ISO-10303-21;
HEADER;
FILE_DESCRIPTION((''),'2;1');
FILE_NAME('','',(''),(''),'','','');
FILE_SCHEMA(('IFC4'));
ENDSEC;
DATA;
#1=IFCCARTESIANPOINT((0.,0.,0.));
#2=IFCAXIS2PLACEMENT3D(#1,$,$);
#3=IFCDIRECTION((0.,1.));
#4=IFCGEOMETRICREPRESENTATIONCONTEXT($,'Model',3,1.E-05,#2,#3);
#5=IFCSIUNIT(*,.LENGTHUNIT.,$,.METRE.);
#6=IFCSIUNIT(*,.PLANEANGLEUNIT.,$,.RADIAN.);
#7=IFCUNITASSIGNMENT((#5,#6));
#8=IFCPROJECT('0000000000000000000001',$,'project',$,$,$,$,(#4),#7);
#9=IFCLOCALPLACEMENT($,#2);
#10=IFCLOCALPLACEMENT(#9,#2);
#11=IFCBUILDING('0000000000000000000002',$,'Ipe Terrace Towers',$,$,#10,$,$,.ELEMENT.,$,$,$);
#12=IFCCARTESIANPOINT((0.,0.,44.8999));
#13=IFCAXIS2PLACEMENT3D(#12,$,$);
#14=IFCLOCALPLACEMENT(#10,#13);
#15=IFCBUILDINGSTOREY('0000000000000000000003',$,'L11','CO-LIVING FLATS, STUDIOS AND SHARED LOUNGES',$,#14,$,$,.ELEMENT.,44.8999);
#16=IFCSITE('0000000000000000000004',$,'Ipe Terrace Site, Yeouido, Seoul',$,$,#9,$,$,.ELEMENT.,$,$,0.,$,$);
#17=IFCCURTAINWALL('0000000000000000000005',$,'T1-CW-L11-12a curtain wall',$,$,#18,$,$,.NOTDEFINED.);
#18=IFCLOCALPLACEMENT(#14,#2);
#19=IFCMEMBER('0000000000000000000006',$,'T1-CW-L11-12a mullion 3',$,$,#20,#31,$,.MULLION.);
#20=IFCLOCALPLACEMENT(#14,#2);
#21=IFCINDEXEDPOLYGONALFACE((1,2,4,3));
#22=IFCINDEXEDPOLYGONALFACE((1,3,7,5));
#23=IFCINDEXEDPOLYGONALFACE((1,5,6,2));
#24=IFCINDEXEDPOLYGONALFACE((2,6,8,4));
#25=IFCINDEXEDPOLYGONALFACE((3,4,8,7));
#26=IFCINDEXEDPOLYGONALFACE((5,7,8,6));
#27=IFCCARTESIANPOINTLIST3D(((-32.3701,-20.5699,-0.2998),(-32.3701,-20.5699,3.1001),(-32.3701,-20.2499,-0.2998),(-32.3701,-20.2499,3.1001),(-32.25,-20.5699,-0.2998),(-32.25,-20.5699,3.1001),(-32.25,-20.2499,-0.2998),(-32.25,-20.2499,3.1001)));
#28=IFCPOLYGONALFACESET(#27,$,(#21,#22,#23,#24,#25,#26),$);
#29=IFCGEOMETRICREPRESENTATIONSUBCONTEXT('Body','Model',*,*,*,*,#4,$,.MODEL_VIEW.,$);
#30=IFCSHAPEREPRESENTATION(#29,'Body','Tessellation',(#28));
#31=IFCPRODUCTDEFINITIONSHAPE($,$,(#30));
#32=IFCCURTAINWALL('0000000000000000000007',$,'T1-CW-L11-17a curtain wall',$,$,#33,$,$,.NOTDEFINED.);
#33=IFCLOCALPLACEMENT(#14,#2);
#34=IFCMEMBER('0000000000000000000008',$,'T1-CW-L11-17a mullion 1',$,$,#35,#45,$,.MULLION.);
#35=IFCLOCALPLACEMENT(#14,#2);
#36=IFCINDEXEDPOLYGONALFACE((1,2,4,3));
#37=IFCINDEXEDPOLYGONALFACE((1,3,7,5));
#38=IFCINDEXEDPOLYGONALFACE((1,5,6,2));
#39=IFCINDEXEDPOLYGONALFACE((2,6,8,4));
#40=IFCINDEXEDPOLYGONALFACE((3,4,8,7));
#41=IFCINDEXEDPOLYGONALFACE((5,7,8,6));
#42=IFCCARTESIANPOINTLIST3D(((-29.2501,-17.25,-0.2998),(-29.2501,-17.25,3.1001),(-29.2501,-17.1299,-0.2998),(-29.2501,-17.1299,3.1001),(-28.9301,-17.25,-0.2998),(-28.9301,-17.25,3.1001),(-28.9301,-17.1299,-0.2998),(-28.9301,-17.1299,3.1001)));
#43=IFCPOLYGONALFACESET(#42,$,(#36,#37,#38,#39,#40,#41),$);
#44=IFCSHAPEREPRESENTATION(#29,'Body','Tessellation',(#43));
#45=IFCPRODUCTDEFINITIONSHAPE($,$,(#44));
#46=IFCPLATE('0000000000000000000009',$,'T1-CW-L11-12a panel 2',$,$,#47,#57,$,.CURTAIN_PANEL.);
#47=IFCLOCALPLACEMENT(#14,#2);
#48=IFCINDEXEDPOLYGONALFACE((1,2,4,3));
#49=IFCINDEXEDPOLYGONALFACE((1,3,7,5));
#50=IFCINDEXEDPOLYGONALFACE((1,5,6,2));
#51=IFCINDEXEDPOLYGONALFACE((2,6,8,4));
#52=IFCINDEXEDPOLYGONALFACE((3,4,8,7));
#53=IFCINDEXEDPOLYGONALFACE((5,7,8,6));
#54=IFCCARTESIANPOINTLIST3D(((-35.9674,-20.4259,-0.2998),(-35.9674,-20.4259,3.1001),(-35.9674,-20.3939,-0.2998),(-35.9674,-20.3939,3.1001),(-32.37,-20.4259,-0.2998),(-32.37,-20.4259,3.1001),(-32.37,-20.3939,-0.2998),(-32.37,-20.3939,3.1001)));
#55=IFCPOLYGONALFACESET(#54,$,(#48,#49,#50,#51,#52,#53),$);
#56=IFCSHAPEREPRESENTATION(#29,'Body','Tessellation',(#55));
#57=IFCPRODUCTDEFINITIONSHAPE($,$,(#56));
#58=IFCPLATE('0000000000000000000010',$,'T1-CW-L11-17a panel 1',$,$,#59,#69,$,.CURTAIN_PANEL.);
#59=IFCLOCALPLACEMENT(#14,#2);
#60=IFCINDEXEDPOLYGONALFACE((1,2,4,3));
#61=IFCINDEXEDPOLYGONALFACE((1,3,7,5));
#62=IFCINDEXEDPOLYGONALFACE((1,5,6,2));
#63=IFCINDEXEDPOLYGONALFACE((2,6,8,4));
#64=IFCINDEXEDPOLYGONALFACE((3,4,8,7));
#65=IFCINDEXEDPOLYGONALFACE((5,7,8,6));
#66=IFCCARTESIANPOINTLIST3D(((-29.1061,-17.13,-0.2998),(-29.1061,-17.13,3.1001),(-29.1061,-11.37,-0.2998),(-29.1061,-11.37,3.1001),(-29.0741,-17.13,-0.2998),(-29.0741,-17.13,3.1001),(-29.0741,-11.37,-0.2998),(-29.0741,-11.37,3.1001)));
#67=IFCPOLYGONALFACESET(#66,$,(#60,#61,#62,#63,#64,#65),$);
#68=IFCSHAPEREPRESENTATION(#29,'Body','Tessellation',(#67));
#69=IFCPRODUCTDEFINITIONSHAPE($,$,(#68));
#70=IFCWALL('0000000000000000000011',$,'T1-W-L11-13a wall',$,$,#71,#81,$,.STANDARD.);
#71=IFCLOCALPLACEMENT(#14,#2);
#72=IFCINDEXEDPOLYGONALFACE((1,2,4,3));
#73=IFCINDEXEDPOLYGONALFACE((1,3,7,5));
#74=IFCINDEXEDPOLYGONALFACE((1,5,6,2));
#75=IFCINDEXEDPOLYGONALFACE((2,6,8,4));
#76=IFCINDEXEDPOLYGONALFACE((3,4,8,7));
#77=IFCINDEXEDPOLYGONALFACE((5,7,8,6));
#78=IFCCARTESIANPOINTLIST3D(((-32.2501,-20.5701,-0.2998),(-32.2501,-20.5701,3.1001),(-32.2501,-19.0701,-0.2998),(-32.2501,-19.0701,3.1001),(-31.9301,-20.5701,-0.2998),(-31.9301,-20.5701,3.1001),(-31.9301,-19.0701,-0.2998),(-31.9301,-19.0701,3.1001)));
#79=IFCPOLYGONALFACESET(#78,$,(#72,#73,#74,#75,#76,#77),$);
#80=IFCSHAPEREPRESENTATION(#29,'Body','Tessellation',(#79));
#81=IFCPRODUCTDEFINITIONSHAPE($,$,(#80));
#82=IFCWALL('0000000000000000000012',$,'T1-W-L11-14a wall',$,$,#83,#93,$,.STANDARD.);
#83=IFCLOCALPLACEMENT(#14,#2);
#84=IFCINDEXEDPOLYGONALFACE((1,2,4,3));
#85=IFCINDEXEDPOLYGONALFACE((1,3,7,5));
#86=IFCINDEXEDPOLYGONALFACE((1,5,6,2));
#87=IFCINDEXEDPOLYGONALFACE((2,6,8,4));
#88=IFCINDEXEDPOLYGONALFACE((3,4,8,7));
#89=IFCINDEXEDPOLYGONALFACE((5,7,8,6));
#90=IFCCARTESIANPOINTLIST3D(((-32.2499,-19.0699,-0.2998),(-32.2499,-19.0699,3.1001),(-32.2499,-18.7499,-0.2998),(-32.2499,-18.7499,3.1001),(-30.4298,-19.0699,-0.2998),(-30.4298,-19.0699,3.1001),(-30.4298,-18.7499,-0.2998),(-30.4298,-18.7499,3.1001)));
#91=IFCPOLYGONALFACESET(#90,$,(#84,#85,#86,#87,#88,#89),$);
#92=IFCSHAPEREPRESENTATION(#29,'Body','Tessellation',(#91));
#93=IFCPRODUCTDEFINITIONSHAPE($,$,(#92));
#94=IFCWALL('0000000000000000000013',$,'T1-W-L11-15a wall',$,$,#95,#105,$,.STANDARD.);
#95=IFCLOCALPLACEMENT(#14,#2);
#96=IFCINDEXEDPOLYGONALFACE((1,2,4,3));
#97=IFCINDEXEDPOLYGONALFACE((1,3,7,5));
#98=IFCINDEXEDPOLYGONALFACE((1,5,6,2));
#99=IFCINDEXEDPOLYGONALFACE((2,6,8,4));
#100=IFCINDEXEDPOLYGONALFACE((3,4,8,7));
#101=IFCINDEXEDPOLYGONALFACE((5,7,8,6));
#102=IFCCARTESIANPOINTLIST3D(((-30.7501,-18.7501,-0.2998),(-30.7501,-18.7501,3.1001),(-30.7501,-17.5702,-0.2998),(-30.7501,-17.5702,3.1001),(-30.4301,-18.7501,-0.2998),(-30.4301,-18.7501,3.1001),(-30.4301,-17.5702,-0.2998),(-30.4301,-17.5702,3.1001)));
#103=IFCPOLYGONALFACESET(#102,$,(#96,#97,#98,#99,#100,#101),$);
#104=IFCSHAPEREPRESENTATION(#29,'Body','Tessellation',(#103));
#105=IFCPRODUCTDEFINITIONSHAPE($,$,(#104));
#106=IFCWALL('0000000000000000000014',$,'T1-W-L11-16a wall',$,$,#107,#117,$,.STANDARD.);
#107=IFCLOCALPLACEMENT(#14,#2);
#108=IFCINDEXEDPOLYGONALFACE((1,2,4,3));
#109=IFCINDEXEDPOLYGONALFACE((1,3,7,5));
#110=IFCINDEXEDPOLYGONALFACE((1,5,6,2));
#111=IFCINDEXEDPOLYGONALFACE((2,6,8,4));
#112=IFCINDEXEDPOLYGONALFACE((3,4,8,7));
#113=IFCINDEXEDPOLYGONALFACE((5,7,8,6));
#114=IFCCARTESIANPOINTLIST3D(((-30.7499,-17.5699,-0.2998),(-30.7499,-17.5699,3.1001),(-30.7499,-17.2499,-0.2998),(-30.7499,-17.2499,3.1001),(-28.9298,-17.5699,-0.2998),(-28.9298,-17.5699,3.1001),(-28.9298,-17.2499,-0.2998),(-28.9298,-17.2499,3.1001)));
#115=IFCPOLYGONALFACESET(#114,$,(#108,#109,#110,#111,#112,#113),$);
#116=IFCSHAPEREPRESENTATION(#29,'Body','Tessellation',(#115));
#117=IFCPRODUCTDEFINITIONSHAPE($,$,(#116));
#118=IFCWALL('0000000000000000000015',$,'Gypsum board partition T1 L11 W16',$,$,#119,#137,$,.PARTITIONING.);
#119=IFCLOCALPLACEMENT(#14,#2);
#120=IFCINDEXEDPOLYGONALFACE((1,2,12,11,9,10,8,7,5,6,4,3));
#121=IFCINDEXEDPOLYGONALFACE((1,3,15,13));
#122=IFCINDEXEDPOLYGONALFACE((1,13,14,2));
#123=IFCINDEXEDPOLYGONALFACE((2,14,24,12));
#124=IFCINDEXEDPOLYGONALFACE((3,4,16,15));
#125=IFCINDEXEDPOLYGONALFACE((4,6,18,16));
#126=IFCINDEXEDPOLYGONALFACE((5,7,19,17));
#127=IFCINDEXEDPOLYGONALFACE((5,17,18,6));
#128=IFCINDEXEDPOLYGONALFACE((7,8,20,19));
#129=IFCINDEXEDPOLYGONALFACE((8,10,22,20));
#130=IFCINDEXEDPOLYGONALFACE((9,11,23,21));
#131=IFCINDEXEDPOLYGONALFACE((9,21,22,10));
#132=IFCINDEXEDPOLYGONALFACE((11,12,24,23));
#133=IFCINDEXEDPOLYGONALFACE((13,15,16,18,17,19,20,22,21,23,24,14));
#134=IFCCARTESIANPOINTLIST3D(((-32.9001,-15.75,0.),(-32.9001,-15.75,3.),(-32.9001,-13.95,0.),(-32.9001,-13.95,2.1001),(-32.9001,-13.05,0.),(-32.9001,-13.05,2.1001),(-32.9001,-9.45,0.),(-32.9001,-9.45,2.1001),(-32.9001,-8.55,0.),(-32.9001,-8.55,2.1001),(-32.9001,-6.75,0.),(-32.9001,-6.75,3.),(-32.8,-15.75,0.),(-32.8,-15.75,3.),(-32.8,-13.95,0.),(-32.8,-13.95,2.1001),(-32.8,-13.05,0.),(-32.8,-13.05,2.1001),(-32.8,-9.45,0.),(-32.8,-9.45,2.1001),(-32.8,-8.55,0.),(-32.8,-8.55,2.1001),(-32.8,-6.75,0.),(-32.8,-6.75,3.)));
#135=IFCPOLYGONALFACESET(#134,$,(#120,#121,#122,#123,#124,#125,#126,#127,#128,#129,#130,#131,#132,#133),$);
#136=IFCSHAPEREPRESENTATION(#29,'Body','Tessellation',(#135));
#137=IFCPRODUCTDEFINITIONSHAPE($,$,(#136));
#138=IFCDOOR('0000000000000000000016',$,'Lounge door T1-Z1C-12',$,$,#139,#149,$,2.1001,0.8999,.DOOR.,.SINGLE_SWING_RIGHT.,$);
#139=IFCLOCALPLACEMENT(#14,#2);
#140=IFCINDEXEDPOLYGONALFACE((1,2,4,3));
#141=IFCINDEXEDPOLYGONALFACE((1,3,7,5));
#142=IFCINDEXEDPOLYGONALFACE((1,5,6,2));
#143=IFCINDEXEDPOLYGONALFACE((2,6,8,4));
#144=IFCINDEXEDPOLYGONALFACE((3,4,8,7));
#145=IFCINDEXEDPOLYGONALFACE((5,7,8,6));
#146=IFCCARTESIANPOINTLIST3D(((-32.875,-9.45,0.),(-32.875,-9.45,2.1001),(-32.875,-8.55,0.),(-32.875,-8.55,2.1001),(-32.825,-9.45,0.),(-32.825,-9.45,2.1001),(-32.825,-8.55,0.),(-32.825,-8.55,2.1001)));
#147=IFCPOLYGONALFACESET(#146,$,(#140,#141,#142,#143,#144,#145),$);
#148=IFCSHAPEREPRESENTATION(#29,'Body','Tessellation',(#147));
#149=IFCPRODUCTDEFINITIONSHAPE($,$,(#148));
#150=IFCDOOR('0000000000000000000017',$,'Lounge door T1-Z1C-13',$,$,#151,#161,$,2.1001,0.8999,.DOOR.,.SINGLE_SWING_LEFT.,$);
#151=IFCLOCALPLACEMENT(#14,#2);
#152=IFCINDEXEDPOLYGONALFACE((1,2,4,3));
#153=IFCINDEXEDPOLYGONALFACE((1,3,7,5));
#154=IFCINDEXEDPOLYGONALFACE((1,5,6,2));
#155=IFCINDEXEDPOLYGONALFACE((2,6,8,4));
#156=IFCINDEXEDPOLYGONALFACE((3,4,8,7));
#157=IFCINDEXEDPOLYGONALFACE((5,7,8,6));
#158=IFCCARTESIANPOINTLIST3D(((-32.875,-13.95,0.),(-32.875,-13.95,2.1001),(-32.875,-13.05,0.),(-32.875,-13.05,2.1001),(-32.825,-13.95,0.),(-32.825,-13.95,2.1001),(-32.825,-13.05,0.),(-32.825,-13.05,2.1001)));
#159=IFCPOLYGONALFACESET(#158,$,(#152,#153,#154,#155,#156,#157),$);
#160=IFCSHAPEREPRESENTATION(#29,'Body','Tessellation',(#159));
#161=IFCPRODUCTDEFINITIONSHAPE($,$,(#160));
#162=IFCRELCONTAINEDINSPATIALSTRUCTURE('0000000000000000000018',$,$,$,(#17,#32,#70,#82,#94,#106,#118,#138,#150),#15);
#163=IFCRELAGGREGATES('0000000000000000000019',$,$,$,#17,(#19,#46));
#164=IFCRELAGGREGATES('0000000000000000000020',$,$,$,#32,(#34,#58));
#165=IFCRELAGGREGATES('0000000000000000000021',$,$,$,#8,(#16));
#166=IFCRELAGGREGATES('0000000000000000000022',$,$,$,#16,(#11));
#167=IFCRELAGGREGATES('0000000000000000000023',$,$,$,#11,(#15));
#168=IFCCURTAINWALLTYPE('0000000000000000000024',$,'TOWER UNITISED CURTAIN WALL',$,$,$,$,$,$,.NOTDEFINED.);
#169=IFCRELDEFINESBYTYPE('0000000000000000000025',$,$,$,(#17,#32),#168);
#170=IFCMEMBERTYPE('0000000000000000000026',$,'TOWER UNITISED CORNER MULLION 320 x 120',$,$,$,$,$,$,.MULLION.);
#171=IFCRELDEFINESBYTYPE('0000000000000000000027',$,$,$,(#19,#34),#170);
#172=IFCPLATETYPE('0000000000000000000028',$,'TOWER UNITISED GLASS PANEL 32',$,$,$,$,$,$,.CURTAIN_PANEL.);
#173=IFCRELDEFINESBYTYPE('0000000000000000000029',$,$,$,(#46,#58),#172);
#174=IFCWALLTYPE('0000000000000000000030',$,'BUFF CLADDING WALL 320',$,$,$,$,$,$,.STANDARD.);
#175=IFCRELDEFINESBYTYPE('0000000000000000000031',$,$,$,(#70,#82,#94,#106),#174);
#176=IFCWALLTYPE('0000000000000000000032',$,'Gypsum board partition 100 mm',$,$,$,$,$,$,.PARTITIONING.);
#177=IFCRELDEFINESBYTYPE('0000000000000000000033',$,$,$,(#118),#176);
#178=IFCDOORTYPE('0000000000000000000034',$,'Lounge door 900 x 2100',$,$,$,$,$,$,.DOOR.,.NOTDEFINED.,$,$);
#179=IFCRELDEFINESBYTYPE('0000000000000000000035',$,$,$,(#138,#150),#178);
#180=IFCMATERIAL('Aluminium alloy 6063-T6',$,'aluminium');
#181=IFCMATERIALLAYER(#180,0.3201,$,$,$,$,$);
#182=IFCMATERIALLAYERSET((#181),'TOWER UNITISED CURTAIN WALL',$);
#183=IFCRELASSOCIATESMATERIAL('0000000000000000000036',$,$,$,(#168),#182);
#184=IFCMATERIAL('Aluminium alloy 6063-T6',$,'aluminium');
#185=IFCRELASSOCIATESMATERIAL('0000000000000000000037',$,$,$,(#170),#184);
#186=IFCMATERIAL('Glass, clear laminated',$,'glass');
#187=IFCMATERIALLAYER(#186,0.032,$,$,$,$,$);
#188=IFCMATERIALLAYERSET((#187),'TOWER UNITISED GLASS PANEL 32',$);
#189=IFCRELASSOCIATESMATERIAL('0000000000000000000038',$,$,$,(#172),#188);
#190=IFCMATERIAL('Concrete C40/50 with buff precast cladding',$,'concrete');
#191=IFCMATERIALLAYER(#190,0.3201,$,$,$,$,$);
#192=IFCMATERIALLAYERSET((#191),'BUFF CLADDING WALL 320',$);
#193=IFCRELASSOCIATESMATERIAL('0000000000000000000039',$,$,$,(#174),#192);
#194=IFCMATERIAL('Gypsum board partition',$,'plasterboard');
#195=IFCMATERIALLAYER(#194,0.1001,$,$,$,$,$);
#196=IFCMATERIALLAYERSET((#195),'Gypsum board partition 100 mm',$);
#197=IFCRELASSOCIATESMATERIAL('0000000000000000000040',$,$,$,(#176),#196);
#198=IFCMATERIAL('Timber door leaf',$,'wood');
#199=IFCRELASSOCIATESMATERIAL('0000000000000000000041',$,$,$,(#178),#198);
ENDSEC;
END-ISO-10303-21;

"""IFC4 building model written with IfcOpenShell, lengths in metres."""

from ifc_helpers import new_model, si_unit, direction, frame, frame_2d, origin, origin_2d, place, context, subcontext, project, spatial, rectangle, extrude, material, layer, layer_set, material_profile, profile_set, type_object, element, fill, aggregate, save


model = new_model("IFC4")

# Units and contexts
model_context = context("Model", 3, precision=1e-05, world=origin(), true_north=direction((0.0, 1.0)))
body_context = subcontext(model_context, "Body", "Model", "MODEL_VIEW")
ifc_project = project(units=[si_unit("LENGTHUNIT", "METRE"), si_unit("PLANEANGLEUNIT", "RADIAN")], contexts=[model_context])

# Site, building, storey
site_placement = place(None, origin())
site = spatial("IfcSite", under=ifc_project, at=site_placement, Name="Ipe Terrace Site, Yeouido, Seoul", CompositionType="ELEMENT", RefElevation=0.0)
building_placement = place(site_placement, origin())
building = spatial("IfcBuilding", under=site, at=building_placement, Name="Ipe Terrace Towers", CompositionType="ELEMENT")
storey_placement = place(building_placement, frame((0.0, 0.0, 44.8999)))
storey = spatial("IfcBuildingStorey", under=building, at=storey_placement, Name="L11", Description="CO-LIVING FLATS, STUDIOS AND SHARED LOUNGES", CompositionType="ELEMENT", Elevation=44.8999)

# Curtain walls, members
ifc_material_1 = material(Name="Aluminium alloy 6063-T6", Category="aluminium")
ifc_layer_1 = layer(ifc_material_1, 0.3201)
ifc_layer_set_1 = layer_set([ifc_layer_1], Name="TOWER UNITISED CURTAIN WALL")
curtain_wall_type = type_object("IfcCurtainWallType", Name="TOWER UNITISED CURTAIN WALL", PredefinedType="NOTDEFINED", material=ifc_layer_set_1)
curtain_wall_1_placement = place(storey_placement, origin())
curtain_wall_1 = element("IfcCurtainWall", 1, at=curtain_wall_1_placement, inside=storey, type_object=curtain_wall_type, Name="T1-CW-L11-12a curtain wall", PredefinedType="NOTDEFINED")
ifc_material_2 = material(Name="Aluminium alloy 6063-T6", Category="aluminium")
ifc_material_profile_1 = material_profile(ifc_material_2, rectangle(XDim=0.3201, YDim=0.1201, at=origin_2d()), Name="TOWER UNITISED CORNER MULLION 320 x 120")
ifc_profile_set_1 = profile_set([ifc_material_profile_1], Name="Aluminium alloy 6063-T6")
member_type = type_object("IfcMemberType", Name="TOWER UNITISED CORNER MULLION 320 x 120", PredefinedType="MULLION", material=ifc_profile_set_1)
member_1_placement = place(storey_placement, frame((-32.3101, -20.4099, -0.2998), z_axis=(0.0, 0.0, 1.0), x_axis=(0.0, -1.0, 0.0)))
member_1 = element("IfcMember", 2, at=member_1_placement, type_object=member_type, Name="T1-CW-L11-12a mullion 3", PredefinedType="MULLION", context=body_context, shape_type="SweptSolid", body=[
    extrude(rectangle(XDim=0.3201, YDim=0.1201, at=origin_2d()), origin(), (0.0, 0.0, 1.0), 3.3999),
])
curtain_wall_2_placement = place(storey_placement, origin())
curtain_wall_2 = element("IfcCurtainWall", 3, at=curtain_wall_2_placement, inside=storey, type_object=curtain_wall_type, Name="T1-CW-L11-17a curtain wall", PredefinedType="NOTDEFINED")
member_2_placement = place(storey_placement, frame((-29.0901, -17.1899, -0.2998), z_axis=(0.0, 0.0, 1.0), x_axis=(1.0, 0.0, 0.0)))
member_2 = element("IfcMember", 4, at=member_2_placement, type_object=member_type, Name="T1-CW-L11-17a mullion 1", PredefinedType="MULLION", context=body_context, shape_type="SweptSolid", body=[
    extrude(rectangle(XDim=0.3201, YDim=0.1201, at=origin_2d()), origin(), (0.0, 0.0, 1.0), 3.3999),
])

# Plates
ifc_material_3 = material(Name="Glass, clear laminated", Category="glass")
ifc_layer_2 = layer(ifc_material_3, 0.032)
ifc_layer_set_2 = layer_set([ifc_layer_2], Name="TOWER UNITISED GLASS PANEL 32")
plate_type = type_object("IfcPlateType", Name="TOWER UNITISED GLASS PANEL 32", PredefinedType="CURTAIN_PANEL", material=ifc_layer_set_2)
plate_1_placement = place(storey_placement, frame((-34.1687, -20.4099, -0.2998), z_axis=(0.0, 0.0, 1.0), x_axis=(1.0, 0.0, 0.0)))
plate_1 = element("IfcPlate", 5, at=plate_1_placement, type_object=plate_type, Name="T1-CW-L11-12a panel 2", PredefinedType="CURTAIN_PANEL", context=body_context, shape_type="SweptSolid", body=[
    extrude(rectangle(XDim=3.5974, YDim=0.032, at=origin_2d()), origin(), (0.0, 0.0, 1.0), 3.3999),
])
aggregate(curtain_wall_1, [member_1, plate_1])
plate_2_placement = place(storey_placement, frame((-29.0901, -14.25, -0.2998), z_axis=(0.0, 0.0, 1.0), x_axis=(0.0, 1.0, 0.0)))
plate_2 = element("IfcPlate", 6, at=plate_2_placement, type_object=plate_type, Name="T1-CW-L11-17a panel 1", PredefinedType="CURTAIN_PANEL", context=body_context, shape_type="SweptSolid", body=[
    extrude(rectangle(XDim=5.76, YDim=0.032, at=origin_2d()), origin(), (0.0, 0.0, 1.0), 3.3999),
])
aggregate(curtain_wall_2, [member_2, plate_2])

# Walls
ifc_material_4 = material(Name="Concrete C40/50 with buff precast cladding", Category="concrete")
ifc_layer_3 = layer(ifc_material_4, 0.3201)
ifc_layer_set_3 = layer_set([ifc_layer_3], Name="BUFF CLADDING WALL 320")
wall_type_1 = type_object("IfcWallType", Name="BUFF CLADDING WALL 320", PredefinedType="STANDARD", material=ifc_layer_set_3)
wall_1_placement = place(storey_placement, frame((-32.0901, -20.5701, -0.2998), z_axis=(0.0, 0.0, 1.0), x_axis=(0.0, 1.0, 0.0)))
element("IfcWall", 7, at=wall_1_placement, inside=storey, type_object=wall_type_1, Name="T1-W-L11-13a wall", PredefinedType="STANDARD", context=body_context, shape_type="SweptSolid", body=[
    extrude(rectangle(XDim=1.5, YDim=0.3201, at=frame_2d((0.75, 0.0))), origin(), (0.0, 0.0, 1.0), 3.3999),
])
wall_2_placement = place(storey_placement, frame((-32.25, -18.9099, -0.2998), z_axis=(0.0, 0.0, 1.0), x_axis=(1.0, 0.0, 0.0)))
element("IfcWall", 8, at=wall_2_placement, inside=storey, type_object=wall_type_1, Name="T1-W-L11-14a wall", PredefinedType="STANDARD", context=body_context, shape_type="SweptSolid", body=[
    extrude(rectangle(XDim=1.8201, YDim=0.3201, at=frame_2d((0.9102, 0.0))), origin(), (0.0, 0.0, 1.0), 3.3999),
])
wall_3_placement = place(storey_placement, frame((-30.5901, -18.75, -0.2998), z_axis=(0.0, 0.0, 1.0), x_axis=(0.0, 1.0, 0.0)))
element("IfcWall", 9, at=wall_3_placement, inside=storey, type_object=wall_type_1, Name="T1-W-L11-15a wall", PredefinedType="STANDARD", context=body_context, shape_type="SweptSolid", body=[
    extrude(rectangle(XDim=1.1799, YDim=0.3201, at=frame_2d((0.5898, 0.0))), origin(), (0.0, 0.0, 1.0), 3.3999),
])
wall_4_placement = place(storey_placement, frame((-30.75, -17.4099, -0.2998), z_axis=(0.0, 0.0, 1.0), x_axis=(1.0, 0.0, 0.0)))
element("IfcWall", 10, at=wall_4_placement, inside=storey, type_object=wall_type_1, Name="T1-W-L11-16a wall", PredefinedType="STANDARD", context=body_context, shape_type="SweptSolid", body=[
    extrude(rectangle(XDim=1.8201, YDim=0.3201, at=frame_2d((0.9102, 0.0))), origin(), (0.0, 0.0, 1.0), 3.3999),
])

# Wall, openings, doors
ifc_material_5 = material(Name="Gypsum board partition", Category="plasterboard")
ifc_layer_4 = layer(ifc_material_5, 0.1001)
ifc_layer_set_4 = layer_set([ifc_layer_4], Name="Gypsum board partition 100 mm")
wall_type_2 = type_object("IfcWallType", Name="Gypsum board partition 100 mm", PredefinedType="PARTITIONING", material=ifc_layer_set_4)
wall_5_placement = place(storey_placement, frame((-32.8501, -15.75, 0.0), z_axis=(0.0, 0.0, 1.0), x_axis=(0.0, 1.0, 0.0)))
wall_5 = element("IfcWall", 11, at=wall_5_placement, inside=storey, type_object=wall_type_2, Name="Gypsum board partition T1 L11 W16", PredefinedType="PARTITIONING", context=body_context, shape_type="SweptSolid", body=[
    extrude(rectangle(XDim=9.0, YDim=0.1001, at=frame_2d((4.5, 0.0))), origin(), (0.0, 0.0, 1.0), 3.0),
])
opening_1_placement = place(wall_5_placement, frame((6.3, 0.0, 0.0)))
opening_1 = element("IfcOpeningElement", 12, at=opening_1_placement, cuts=wall_5, PredefinedType="OPENING", context=body_context, shape_type="SweptSolid", body=[
    extrude(rectangle(XDim=0.8999, YDim=2.1001, at=frame_2d((0.45, 1.05))), frame((0.0, 0.0601, 0.0), z_axis=(0.0, -1.0, 0.0), x_axis=(1.0, 0.0, 0.0)), (0.0, 0.0, 1.0), 0.1201),
])
opening_2_placement = place(wall_5_placement, frame((1.8, 0.0, 0.0)))
opening_2 = element("IfcOpeningElement", 13, at=opening_2_placement, cuts=wall_5, PredefinedType="OPENING", context=body_context, shape_type="SweptSolid", body=[
    extrude(rectangle(XDim=0.8999, YDim=2.1001, at=frame_2d((0.45, 1.05))), frame((0.0, 0.0601, 0.0), z_axis=(0.0, -1.0, 0.0), x_axis=(1.0, 0.0, 0.0)), (0.0, 0.0, 1.0), 0.1201),
])
ifc_material_6 = material(Name="Timber door leaf", Category="wood")
door_type_1 = type_object("IfcDoorType", Name="Lounge door 900 x 2100", OperationType="NOTDEFINED", PredefinedType="DOOR", material=ifc_material_6)
door_1_placement = place(opening_1_placement, origin())
door_1 = element("IfcDoor", 14, at=door_1_placement, inside=storey, type_object=door_type_1, Name="Lounge door T1-Z1C-12", OperationType="SINGLE_SWING_RIGHT", OverallHeight=2.1001, OverallWidth=0.8999, PredefinedType="DOOR", context=body_context, shape_type="SweptSolid", body=[
    extrude(rectangle(XDim=0.8999, YDim=2.1001, at=frame_2d((0.45, 1.05))), frame((0.0, 0.0249, 0.0), z_axis=(0.0, -1.0, 0.0), x_axis=(1.0, 0.0, 0.0)), (0.0, 0.0, 1.0), 0.05),
])
fill(opening_1, door_1)
door_2_placement = place(opening_2_placement, origin())
door_2 = element("IfcDoor", 15, at=door_2_placement, inside=storey, type_object=door_type_1, Name="Lounge door T1-Z1C-13", OperationType="SINGLE_SWING_LEFT", OverallHeight=2.1001, OverallWidth=0.8999, PredefinedType="DOOR", context=body_context, shape_type="SweptSolid", body=[
    extrude(rectangle(XDim=0.8999, YDim=2.1001, at=frame_2d((0.45, 1.05))), frame((0.0, 0.0249, 0.0), z_axis=(0.0, -1.0, 0.0), x_axis=(1.0, 0.0, 0.0)), (0.0, 0.0, 1.0), 0.05),
])
fill(opening_2, door_2)

save(model, "model.ifc")
